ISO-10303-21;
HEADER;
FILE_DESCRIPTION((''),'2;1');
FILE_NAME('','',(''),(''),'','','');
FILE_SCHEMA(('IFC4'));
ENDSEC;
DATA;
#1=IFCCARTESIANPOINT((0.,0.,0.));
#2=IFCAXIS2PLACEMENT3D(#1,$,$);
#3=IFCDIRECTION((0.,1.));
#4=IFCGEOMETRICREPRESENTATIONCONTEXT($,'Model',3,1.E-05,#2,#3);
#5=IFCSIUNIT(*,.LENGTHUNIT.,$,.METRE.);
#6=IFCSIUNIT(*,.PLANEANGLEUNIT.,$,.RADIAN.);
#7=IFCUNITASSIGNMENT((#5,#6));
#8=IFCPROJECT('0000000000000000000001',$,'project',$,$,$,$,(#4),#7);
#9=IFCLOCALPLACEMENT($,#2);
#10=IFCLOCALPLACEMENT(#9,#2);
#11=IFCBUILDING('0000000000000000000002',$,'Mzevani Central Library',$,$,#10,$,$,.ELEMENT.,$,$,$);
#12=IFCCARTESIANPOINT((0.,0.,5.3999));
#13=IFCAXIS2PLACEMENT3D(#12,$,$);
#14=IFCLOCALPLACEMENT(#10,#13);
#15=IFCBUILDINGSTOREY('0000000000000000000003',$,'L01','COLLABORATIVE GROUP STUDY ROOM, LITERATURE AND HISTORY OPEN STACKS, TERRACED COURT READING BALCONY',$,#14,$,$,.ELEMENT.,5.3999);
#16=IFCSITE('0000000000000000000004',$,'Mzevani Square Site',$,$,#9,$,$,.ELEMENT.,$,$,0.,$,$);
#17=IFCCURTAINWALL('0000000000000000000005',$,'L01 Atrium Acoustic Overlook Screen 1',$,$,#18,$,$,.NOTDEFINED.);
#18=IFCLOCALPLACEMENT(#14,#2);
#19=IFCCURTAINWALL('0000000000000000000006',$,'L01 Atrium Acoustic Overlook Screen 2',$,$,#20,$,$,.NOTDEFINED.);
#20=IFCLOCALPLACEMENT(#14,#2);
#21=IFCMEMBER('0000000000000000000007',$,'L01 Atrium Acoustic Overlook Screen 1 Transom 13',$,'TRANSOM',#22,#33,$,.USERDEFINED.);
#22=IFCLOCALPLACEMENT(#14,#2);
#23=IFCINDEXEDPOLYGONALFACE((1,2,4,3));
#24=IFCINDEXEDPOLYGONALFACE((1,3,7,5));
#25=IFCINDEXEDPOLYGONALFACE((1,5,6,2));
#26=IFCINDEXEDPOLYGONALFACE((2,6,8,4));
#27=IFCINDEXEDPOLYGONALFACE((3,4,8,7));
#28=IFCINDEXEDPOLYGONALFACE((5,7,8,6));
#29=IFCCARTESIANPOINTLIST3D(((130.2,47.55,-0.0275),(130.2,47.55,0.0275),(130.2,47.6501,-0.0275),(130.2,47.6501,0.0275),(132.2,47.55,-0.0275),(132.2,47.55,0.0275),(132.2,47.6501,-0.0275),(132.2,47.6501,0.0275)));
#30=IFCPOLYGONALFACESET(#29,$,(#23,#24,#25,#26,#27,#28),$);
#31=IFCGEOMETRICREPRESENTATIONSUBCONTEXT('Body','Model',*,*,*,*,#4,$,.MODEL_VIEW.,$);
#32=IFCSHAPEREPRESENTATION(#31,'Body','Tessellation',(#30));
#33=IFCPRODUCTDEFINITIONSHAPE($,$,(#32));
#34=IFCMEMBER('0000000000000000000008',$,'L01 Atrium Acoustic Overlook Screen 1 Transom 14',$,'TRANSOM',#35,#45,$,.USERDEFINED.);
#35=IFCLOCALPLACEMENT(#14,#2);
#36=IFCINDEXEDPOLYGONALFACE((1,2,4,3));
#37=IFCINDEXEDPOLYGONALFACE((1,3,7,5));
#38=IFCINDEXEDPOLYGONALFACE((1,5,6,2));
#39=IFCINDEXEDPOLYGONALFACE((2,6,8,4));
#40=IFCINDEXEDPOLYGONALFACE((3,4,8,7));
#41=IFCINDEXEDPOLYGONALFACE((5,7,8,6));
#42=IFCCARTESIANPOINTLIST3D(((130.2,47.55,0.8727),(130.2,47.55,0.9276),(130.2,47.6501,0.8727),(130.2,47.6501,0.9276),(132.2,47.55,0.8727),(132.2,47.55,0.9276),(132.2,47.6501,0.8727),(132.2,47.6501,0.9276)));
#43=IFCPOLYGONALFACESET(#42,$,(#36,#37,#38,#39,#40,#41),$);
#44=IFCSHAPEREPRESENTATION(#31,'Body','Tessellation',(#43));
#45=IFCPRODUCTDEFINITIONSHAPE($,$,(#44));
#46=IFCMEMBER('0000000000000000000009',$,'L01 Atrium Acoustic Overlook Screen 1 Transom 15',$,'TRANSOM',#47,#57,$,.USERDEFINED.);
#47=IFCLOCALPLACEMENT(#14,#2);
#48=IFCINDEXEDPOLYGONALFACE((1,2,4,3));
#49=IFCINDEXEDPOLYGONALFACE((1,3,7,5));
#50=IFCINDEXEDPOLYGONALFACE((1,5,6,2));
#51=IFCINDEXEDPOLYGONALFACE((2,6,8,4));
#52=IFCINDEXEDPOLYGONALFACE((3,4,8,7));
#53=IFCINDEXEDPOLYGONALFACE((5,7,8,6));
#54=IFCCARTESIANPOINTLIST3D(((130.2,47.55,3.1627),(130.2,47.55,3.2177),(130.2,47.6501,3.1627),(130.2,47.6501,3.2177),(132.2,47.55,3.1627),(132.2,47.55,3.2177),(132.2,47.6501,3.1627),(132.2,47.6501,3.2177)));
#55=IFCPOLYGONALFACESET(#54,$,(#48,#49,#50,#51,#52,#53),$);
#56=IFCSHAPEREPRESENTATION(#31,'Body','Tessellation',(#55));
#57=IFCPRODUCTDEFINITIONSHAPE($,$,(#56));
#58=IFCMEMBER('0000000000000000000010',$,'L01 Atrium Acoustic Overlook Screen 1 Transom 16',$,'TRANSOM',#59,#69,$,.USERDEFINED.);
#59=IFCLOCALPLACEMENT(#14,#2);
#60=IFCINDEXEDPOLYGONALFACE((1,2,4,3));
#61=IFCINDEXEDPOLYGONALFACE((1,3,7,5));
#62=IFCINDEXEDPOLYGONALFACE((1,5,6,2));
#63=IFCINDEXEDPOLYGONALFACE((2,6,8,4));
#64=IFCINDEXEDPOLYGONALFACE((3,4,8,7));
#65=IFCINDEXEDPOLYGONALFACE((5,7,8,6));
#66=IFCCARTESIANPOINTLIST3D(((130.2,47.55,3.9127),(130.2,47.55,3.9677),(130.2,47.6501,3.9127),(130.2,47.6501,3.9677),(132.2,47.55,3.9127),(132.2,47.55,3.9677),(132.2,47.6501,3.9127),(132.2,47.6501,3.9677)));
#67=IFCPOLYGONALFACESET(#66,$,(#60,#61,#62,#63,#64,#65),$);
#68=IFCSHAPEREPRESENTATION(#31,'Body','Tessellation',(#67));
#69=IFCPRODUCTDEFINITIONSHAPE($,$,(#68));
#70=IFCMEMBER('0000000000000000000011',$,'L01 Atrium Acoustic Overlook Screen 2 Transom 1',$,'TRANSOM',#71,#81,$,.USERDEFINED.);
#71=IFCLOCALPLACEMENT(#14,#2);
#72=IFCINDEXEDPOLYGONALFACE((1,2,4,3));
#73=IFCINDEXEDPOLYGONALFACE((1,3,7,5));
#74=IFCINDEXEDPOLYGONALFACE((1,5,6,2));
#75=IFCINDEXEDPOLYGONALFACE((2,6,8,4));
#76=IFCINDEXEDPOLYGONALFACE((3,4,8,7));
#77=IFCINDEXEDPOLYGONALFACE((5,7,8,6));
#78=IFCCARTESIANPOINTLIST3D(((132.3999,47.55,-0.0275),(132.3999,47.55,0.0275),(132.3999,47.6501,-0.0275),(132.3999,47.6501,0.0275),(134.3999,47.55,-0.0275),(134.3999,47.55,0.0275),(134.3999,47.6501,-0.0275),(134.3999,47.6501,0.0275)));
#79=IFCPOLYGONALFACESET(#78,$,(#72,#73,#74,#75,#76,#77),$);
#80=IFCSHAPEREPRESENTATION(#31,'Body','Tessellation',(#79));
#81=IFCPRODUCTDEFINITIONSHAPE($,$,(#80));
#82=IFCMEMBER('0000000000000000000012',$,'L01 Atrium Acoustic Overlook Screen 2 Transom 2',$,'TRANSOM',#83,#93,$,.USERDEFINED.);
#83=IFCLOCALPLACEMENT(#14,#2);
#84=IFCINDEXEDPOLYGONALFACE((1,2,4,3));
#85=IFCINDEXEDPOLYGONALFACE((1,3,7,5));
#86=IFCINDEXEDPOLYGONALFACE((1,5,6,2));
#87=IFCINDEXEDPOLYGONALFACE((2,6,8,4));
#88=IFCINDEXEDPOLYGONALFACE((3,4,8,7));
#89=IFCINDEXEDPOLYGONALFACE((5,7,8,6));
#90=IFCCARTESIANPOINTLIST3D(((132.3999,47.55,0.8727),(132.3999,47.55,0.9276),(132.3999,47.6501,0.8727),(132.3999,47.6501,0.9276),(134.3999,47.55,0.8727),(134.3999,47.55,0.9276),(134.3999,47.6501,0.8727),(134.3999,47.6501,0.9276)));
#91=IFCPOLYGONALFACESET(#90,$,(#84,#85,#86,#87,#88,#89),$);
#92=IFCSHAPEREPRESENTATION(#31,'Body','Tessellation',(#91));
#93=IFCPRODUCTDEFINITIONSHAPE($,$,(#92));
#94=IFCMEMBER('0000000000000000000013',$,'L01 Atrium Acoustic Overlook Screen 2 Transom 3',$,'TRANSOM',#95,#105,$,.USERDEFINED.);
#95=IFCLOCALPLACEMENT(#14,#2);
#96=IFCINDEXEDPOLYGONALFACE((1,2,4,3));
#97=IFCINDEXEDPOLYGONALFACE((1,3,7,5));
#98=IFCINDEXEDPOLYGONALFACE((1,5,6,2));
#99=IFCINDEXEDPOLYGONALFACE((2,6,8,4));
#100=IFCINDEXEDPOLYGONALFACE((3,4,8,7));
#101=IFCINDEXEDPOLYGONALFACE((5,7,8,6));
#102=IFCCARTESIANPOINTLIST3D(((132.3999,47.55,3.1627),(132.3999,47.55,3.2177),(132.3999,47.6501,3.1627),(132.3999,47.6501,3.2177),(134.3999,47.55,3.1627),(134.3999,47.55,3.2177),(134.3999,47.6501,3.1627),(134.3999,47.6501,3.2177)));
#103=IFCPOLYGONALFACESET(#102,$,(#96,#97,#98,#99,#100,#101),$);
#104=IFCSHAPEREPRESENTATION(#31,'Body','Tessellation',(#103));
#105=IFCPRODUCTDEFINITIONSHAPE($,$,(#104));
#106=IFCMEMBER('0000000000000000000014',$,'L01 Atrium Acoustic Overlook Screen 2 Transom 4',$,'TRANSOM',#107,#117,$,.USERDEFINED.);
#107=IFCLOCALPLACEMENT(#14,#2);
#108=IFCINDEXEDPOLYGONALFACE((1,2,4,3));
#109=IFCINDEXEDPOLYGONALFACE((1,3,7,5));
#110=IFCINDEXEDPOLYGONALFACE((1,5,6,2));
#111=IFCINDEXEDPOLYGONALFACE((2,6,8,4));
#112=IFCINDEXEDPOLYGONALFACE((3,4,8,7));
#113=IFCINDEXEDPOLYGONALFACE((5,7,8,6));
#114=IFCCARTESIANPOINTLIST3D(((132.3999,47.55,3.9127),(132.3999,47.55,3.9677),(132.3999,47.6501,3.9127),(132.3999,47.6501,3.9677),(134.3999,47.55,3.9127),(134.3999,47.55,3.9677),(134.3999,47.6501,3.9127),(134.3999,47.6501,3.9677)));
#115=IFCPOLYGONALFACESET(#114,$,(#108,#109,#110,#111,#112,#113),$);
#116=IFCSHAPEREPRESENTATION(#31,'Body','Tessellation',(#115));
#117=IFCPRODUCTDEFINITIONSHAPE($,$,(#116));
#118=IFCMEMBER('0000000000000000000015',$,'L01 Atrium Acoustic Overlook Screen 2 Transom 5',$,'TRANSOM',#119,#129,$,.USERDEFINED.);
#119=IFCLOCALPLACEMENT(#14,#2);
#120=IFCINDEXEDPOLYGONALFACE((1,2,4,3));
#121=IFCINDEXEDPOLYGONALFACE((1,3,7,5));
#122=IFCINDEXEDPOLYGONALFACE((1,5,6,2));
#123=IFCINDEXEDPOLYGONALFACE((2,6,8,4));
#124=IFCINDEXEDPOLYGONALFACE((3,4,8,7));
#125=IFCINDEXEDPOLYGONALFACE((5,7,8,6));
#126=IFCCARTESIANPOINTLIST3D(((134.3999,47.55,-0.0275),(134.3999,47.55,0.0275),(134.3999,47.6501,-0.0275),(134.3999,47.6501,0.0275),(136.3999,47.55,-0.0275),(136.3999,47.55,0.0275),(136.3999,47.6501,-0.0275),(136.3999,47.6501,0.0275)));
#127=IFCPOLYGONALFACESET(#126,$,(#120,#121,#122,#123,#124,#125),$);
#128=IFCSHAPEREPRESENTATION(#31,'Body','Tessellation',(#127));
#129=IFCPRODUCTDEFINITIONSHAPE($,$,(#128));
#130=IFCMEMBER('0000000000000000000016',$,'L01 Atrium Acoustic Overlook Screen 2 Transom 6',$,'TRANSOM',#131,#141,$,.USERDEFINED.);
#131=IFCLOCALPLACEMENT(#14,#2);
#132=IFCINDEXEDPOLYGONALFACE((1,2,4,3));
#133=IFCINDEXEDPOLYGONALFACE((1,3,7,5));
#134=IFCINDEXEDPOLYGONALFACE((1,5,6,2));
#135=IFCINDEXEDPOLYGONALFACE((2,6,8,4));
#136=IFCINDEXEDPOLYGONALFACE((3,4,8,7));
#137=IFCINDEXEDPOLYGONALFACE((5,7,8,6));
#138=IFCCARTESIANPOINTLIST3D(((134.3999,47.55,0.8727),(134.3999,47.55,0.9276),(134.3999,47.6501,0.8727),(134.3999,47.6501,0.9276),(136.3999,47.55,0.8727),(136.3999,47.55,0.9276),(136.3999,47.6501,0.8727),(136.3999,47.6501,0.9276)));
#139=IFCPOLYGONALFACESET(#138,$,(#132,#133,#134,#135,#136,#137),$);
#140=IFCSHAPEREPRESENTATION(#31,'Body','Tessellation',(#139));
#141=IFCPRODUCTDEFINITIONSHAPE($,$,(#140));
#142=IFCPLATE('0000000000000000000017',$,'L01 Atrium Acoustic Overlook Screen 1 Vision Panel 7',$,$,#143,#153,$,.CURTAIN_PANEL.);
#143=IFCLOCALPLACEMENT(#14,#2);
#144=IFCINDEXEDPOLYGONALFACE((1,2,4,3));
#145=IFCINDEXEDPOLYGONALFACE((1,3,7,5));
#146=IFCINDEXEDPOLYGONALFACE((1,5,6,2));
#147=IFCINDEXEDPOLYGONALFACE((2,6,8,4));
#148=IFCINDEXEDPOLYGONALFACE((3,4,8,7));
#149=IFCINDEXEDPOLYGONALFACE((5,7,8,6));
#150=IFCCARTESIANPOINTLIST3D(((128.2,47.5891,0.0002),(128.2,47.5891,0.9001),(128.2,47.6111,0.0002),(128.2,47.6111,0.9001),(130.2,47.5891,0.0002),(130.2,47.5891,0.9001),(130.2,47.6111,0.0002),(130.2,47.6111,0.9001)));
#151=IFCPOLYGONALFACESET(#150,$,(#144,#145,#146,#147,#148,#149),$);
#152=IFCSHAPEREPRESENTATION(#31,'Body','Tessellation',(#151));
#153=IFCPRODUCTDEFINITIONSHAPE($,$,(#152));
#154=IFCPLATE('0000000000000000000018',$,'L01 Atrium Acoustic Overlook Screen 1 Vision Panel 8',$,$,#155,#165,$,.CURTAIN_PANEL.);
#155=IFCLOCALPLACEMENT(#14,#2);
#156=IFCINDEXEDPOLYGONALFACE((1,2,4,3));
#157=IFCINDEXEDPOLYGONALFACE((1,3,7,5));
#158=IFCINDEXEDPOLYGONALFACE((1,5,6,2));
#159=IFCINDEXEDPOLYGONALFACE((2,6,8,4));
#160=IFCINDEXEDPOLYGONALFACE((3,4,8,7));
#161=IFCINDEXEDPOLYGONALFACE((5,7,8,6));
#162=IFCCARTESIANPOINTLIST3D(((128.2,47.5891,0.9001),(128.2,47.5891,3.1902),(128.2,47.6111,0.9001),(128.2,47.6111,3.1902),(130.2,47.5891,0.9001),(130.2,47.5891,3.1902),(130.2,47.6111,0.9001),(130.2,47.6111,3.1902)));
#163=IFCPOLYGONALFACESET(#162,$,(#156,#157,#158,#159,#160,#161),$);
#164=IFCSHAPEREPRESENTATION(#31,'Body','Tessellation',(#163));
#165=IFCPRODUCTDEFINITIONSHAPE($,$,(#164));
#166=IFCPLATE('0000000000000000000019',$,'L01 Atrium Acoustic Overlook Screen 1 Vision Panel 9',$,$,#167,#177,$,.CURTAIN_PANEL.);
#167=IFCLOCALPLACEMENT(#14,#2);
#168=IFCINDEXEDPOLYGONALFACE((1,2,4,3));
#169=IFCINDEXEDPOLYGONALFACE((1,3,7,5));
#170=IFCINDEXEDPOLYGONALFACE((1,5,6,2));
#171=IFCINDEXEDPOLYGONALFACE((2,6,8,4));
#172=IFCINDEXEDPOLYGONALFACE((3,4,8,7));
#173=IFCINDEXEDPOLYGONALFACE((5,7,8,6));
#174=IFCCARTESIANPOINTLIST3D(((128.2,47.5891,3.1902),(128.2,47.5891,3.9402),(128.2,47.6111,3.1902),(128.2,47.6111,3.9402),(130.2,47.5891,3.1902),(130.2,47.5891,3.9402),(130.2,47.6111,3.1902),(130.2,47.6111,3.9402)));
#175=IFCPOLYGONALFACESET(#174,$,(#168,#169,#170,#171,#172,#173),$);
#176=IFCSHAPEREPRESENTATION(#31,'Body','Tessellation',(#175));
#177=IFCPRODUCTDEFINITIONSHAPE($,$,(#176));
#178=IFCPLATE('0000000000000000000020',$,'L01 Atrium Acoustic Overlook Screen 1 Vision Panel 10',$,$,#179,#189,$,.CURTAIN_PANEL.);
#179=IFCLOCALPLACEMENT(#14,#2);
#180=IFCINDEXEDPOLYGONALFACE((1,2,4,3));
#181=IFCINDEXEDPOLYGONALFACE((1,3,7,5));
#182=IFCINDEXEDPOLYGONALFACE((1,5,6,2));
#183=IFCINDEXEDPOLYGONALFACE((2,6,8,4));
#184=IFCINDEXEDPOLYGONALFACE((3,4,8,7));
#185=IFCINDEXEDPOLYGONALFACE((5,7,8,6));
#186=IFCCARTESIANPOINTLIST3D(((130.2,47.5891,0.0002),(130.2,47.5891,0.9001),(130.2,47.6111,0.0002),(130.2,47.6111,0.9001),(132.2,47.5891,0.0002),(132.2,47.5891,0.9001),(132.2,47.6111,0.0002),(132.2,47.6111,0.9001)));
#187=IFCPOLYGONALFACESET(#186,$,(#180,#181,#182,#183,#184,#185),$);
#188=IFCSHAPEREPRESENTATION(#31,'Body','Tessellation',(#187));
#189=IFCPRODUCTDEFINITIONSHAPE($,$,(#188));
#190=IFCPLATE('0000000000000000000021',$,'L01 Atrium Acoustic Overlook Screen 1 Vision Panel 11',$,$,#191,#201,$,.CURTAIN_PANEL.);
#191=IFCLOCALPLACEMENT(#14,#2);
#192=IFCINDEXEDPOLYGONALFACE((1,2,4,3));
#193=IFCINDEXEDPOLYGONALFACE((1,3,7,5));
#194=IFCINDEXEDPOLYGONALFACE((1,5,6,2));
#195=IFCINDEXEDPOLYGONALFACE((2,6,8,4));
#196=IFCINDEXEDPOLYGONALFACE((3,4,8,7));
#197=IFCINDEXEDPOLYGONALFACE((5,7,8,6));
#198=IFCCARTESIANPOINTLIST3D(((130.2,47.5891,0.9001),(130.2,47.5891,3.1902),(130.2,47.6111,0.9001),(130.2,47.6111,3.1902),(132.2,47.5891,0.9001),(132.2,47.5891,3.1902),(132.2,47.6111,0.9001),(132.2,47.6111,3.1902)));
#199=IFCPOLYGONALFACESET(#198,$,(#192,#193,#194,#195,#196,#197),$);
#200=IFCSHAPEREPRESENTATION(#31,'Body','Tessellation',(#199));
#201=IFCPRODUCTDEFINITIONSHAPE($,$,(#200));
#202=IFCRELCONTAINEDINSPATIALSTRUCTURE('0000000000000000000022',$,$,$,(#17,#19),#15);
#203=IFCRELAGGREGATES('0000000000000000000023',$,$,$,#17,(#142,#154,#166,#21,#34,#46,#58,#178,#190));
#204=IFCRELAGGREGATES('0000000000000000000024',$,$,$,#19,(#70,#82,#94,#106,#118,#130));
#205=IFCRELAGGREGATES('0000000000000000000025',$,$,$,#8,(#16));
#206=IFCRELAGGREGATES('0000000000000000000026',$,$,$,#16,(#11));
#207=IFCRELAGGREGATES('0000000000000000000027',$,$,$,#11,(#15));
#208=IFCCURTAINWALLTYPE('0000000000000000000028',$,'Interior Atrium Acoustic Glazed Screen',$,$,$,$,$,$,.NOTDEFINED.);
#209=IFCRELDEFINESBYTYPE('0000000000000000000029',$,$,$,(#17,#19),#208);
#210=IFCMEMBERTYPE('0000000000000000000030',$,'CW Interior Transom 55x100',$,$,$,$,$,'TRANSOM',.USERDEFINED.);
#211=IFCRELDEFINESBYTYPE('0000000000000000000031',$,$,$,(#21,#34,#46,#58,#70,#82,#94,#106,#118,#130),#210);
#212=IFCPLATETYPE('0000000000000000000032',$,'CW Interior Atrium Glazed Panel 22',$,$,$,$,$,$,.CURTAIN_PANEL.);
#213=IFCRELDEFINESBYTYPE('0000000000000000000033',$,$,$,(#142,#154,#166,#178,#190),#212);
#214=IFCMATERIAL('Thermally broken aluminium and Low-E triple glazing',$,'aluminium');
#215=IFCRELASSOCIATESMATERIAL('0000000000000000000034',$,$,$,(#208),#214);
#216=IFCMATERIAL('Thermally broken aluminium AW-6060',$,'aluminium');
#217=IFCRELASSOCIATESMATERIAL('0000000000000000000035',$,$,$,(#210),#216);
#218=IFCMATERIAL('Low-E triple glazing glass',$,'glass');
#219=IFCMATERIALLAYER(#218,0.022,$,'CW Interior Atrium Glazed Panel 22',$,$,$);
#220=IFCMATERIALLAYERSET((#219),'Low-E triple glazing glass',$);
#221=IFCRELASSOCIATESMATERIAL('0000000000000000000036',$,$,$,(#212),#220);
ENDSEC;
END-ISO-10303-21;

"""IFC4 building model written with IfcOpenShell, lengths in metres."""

from ifc_helpers import new_model, si_unit, direction, frame, origin, origin_2d, place, context, subcontext, project, spatial, rectangle, extrude, material, layer, layer_set, material_profile, profile_set, type_object, element, aggregate, save


model = new_model("IFC4")

# Units and contexts
model_context = context("Model", 3, precision=1e-05, world=origin(), true_north=direction((0.0, 1.0)))
body_context = subcontext(model_context, "Body", "Model", "MODEL_VIEW")
ifc_project = project(units=[si_unit("LENGTHUNIT", "METRE"), si_unit("PLANEANGLEUNIT", "RADIAN")], contexts=[model_context])

# Site, building, storey
site_placement = place(None, origin())
site = spatial("IfcSite", under=ifc_project, at=site_placement, Name="Mzevani Square Site", CompositionType="ELEMENT", RefElevation=0.0)
building_placement = place(site_placement, origin())
building = spatial("IfcBuilding", under=site, at=building_placement, Name="Mzevani Central Library", CompositionType="ELEMENT")
storey_placement = place(building_placement, frame((0.0, 0.0, 5.3999)))
storey = spatial("IfcBuildingStorey", under=building, at=storey_placement, Name="L01", Description="COLLABORATIVE GROUP STUDY ROOM, LITERATURE AND HISTORY OPEN STACKS, TERRACED COURT READING BALCONY", CompositionType="ELEMENT", Elevation=5.3999)

# Curtain wall
ifc_material_1 = material(Name="Thermally broken aluminium and Low-E triple glazing", Category="aluminium")
curtain_wall_type = type_object("IfcCurtainWallType", Name="Interior Atrium Acoustic Glazed Screen", PredefinedType="NOTDEFINED", material=ifc_material_1)
curtain_wall_1_placement = place(storey_placement, origin())
curtain_wall_1 = element("IfcCurtainWall", 1, at=curtain_wall_1_placement, inside=storey, type_object=curtain_wall_type, Name="L01 Atrium Acoustic Overlook Screen 1", PredefinedType="NOTDEFINED")
ifc_material_2 = material(Name="Thermally broken aluminium AW-6060", Category="aluminium")

# Curtain wall
curtain_wall_2_placement = place(storey_placement, origin())
curtain_wall_2 = element("IfcCurtainWall", 2, at=curtain_wall_2_placement, inside=storey, type_object=curtain_wall_type, Name="L01 Atrium Acoustic Overlook Screen 2", PredefinedType="NOTDEFINED")

# Members
ifc_material_profile_1 = material_profile(ifc_material_2, rectangle(XDim=0.1001, YDim=0.0549, at=origin_2d()), Name="ALU T55x100")
ifc_profile_set_1 = profile_set([ifc_material_profile_1], Name="Thermally broken aluminium AW-6060")
member_type_1 = type_object("IfcMemberType", Name="CW Interior Transom 55x100", ElementType="TRANSOM", PredefinedType="USERDEFINED", material=ifc_profile_set_1)
member_1_placement = place(storey_placement, frame((130.2, 47.6001, 0.0), z_axis=(1.0, 0.0, 0.0), x_axis=(0.0, 1.0, 0.0)))
member_1 = element("IfcMember", 3, at=member_1_placement, type_object=member_type_1, Name="L01 Atrium Acoustic Overlook Screen 1 Transom 13", ObjectType="TRANSOM", PredefinedType="USERDEFINED", context=body_context, shape_type="SweptSolid", body=[
    extrude(rectangle(XDim=0.1001, YDim=0.0549, at=origin_2d()), origin(), (0.0, 0.0, 1.0), 2.0),
])
member_2_placement = place(storey_placement, frame((130.2, 47.6001, 0.9001), z_axis=(1.0, 0.0, 0.0), x_axis=(0.0, 1.0, 0.0)))
member_2 = element("IfcMember", 4, at=member_2_placement, type_object=member_type_1, Name="L01 Atrium Acoustic Overlook Screen 1 Transom 14", ObjectType="TRANSOM", PredefinedType="USERDEFINED", context=body_context, shape_type="SweptSolid", body=[
    extrude(rectangle(XDim=0.1001, YDim=0.0549, at=origin_2d()), origin(), (0.0, 0.0, 1.0), 2.0),
])
member_3_placement = place(storey_placement, frame((130.2, 47.6001, 3.1902), z_axis=(1.0, 0.0, 0.0), x_axis=(0.0, 1.0, 0.0)))
member_3 = element("IfcMember", 5, at=member_3_placement, type_object=member_type_1, Name="L01 Atrium Acoustic Overlook Screen 1 Transom 15", ObjectType="TRANSOM", PredefinedType="USERDEFINED", context=body_context, shape_type="SweptSolid", body=[
    extrude(rectangle(XDim=0.1001, YDim=0.0549, at=origin_2d()), origin(), (0.0, 0.0, 1.0), 2.0),
])
member_4_placement = place(storey_placement, frame((130.2, 47.6001, 3.9402), z_axis=(1.0, 0.0, 0.0), x_axis=(0.0, 1.0, 0.0)))
member_4 = element("IfcMember", 6, at=member_4_placement, type_object=member_type_1, Name="L01 Atrium Acoustic Overlook Screen 1 Transom 16", ObjectType="TRANSOM", PredefinedType="USERDEFINED", context=body_context, shape_type="SweptSolid", body=[
    extrude(rectangle(XDim=0.1001, YDim=0.0549, at=origin_2d()), origin(), (0.0, 0.0, 1.0), 2.0),
])
member_5_placement = place(storey_placement, frame((132.3999, 47.6001, 0.0), z_axis=(1.0, 0.0, 0.0), x_axis=(0.0, 1.0, 0.0)))
member_5 = element("IfcMember", 7, at=member_5_placement, type_object=member_type_1, Name="L01 Atrium Acoustic Overlook Screen 2 Transom 1", ObjectType="TRANSOM", PredefinedType="USERDEFINED", context=body_context, shape_type="SweptSolid", body=[
    extrude(rectangle(XDim=0.1001, YDim=0.0549, at=origin_2d()), origin(), (0.0, 0.0, 1.0), 2.0),
])
member_6_placement = place(storey_placement, frame((132.3999, 47.6001, 0.9001), z_axis=(1.0, 0.0, 0.0), x_axis=(0.0, 1.0, 0.0)))
member_6 = element("IfcMember", 8, at=member_6_placement, type_object=member_type_1, Name="L01 Atrium Acoustic Overlook Screen 2 Transom 2", ObjectType="TRANSOM", PredefinedType="USERDEFINED", context=body_context, shape_type="SweptSolid", body=[
    extrude(rectangle(XDim=0.1001, YDim=0.0549, at=origin_2d()), origin(), (0.0, 0.0, 1.0), 2.0),
])
member_7_placement = place(storey_placement, frame((132.3999, 47.6001, 3.1902), z_axis=(1.0, 0.0, 0.0), x_axis=(0.0, 1.0, 0.0)))
member_7 = element("IfcMember", 9, at=member_7_placement, type_object=member_type_1, Name="L01 Atrium Acoustic Overlook Screen 2 Transom 3", ObjectType="TRANSOM", PredefinedType="USERDEFINED", context=body_context, shape_type="SweptSolid", body=[
    extrude(rectangle(XDim=0.1001, YDim=0.0549, at=origin_2d()), origin(), (0.0, 0.0, 1.0), 2.0),
])
member_8_placement = place(storey_placement, frame((132.3999, 47.6001, 3.9402), z_axis=(1.0, 0.0, 0.0), x_axis=(0.0, 1.0, 0.0)))
member_8 = element("IfcMember", 10, at=member_8_placement, type_object=member_type_1, Name="L01 Atrium Acoustic Overlook Screen 2 Transom 4", ObjectType="TRANSOM", PredefinedType="USERDEFINED", context=body_context, shape_type="SweptSolid", body=[
    extrude(rectangle(XDim=0.1001, YDim=0.0549, at=origin_2d()), origin(), (0.0, 0.0, 1.0), 2.0),
])
member_9_placement = place(storey_placement, frame((134.3999, 47.6001, 0.0), z_axis=(1.0, 0.0, 0.0), x_axis=(0.0, 1.0, 0.0)))
member_9 = element("IfcMember", 11, at=member_9_placement, type_object=member_type_1, Name="L01 Atrium Acoustic Overlook Screen 2 Transom 5", ObjectType="TRANSOM", PredefinedType="USERDEFINED", context=body_context, shape_type="SweptSolid", body=[
    extrude(rectangle(XDim=0.1001, YDim=0.0549, at=origin_2d()), origin(), (0.0, 0.0, 1.0), 2.0),
])
member_10_placement = place(storey_placement, frame((134.3999, 47.6001, 0.9001), z_axis=(1.0, 0.0, 0.0), x_axis=(0.0, 1.0, 0.0)))
member_10 = element("IfcMember", 12, at=member_10_placement, type_object=member_type_1, Name="L01 Atrium Acoustic Overlook Screen 2 Transom 6", ObjectType="TRANSOM", PredefinedType="USERDEFINED", context=body_context, shape_type="SweptSolid", body=[
    extrude(rectangle(XDim=0.1001, YDim=0.0549, at=origin_2d()), origin(), (0.0, 0.0, 1.0), 2.0),
])

# Plates
ifc_material_3 = material(Name="Low-E triple glazing glass", Category="glass")
ifc_layer_1 = layer(ifc_material_3, 0.022, Name="CW Interior Atrium Glazed Panel 22")
ifc_layer_set_1 = layer_set([ifc_layer_1], Name="Low-E triple glazing glass")
plate_type = type_object("IfcPlateType", Name="CW Interior Atrium Glazed Panel 22", PredefinedType="CURTAIN_PANEL", material=ifc_layer_set_1)
plate_1_placement = place(storey_placement, frame((129.2, 47.6001, 0.0002), z_axis=(0.0, 0.0, 1.0), x_axis=(1.0, 0.0, 0.0)))
plate_1 = element("IfcPlate", 13, at=plate_1_placement, type_object=plate_type, Name="L01 Atrium Acoustic Overlook Screen 1 Vision Panel 7", PredefinedType="CURTAIN_PANEL", context=body_context, shape_type="SweptSolid", body=[
    extrude(rectangle(XDim=2.0, YDim=0.022, at=origin_2d()), origin(), (0.0, 0.0, 1.0), 0.8999),
])
plate_2_placement = place(storey_placement, frame((129.2, 47.6001, 0.9001), z_axis=(0.0, 0.0, 1.0), x_axis=(1.0, 0.0, 0.0)))
plate_2 = element("IfcPlate", 14, at=plate_2_placement, type_object=plate_type, Name="L01 Atrium Acoustic Overlook Screen 1 Vision Panel 8", PredefinedType="CURTAIN_PANEL", context=body_context, shape_type="SweptSolid", body=[
    extrude(rectangle(XDim=2.0, YDim=0.022, at=origin_2d()), origin(), (0.0, 0.0, 1.0), 2.29),
])
plate_3_placement = place(storey_placement, frame((129.2, 47.6001, 3.1902), z_axis=(0.0, 0.0, 1.0), x_axis=(1.0, 0.0, 0.0)))
plate_3 = element("IfcPlate", 15, at=plate_3_placement, type_object=plate_type, Name="L01 Atrium Acoustic Overlook Screen 1 Vision Panel 9", PredefinedType="CURTAIN_PANEL", context=body_context, shape_type="SweptSolid", body=[
    extrude(rectangle(XDim=2.0, YDim=0.022, at=origin_2d()), origin(), (0.0, 0.0, 1.0), 0.75),
])
plate_4_placement = place(storey_placement, frame((131.2, 47.6001, 0.0002), z_axis=(0.0, 0.0, 1.0), x_axis=(1.0, 0.0, 0.0)))
plate_4 = element("IfcPlate", 16, at=plate_4_placement, type_object=plate_type, Name="L01 Atrium Acoustic Overlook Screen 1 Vision Panel 10", PredefinedType="CURTAIN_PANEL", context=body_context, shape_type="SweptSolid", body=[
    extrude(rectangle(XDim=2.0, YDim=0.022, at=origin_2d()), origin(), (0.0, 0.0, 1.0), 0.8999),
])
plate_5_placement = place(storey_placement, frame((131.2, 47.6001, 0.9001), z_axis=(0.0, 0.0, 1.0), x_axis=(1.0, 0.0, 0.0)))
plate_5 = element("IfcPlate", 17, at=plate_5_placement, type_object=plate_type, Name="L01 Atrium Acoustic Overlook Screen 1 Vision Panel 11", PredefinedType="CURTAIN_PANEL", context=body_context, shape_type="SweptSolid", body=[
    extrude(rectangle(XDim=2.0, YDim=0.022, at=origin_2d()), origin(), (0.0, 0.0, 1.0), 2.29),
])
aggregate(curtain_wall_1, [plate_1, plate_2, plate_3, member_1, member_2, member_3, member_4, plate_4, plate_5])
aggregate(curtain_wall_2, [member_5, member_6, member_7, member_8, member_9, member_10])

save(model, "model.ifc")
